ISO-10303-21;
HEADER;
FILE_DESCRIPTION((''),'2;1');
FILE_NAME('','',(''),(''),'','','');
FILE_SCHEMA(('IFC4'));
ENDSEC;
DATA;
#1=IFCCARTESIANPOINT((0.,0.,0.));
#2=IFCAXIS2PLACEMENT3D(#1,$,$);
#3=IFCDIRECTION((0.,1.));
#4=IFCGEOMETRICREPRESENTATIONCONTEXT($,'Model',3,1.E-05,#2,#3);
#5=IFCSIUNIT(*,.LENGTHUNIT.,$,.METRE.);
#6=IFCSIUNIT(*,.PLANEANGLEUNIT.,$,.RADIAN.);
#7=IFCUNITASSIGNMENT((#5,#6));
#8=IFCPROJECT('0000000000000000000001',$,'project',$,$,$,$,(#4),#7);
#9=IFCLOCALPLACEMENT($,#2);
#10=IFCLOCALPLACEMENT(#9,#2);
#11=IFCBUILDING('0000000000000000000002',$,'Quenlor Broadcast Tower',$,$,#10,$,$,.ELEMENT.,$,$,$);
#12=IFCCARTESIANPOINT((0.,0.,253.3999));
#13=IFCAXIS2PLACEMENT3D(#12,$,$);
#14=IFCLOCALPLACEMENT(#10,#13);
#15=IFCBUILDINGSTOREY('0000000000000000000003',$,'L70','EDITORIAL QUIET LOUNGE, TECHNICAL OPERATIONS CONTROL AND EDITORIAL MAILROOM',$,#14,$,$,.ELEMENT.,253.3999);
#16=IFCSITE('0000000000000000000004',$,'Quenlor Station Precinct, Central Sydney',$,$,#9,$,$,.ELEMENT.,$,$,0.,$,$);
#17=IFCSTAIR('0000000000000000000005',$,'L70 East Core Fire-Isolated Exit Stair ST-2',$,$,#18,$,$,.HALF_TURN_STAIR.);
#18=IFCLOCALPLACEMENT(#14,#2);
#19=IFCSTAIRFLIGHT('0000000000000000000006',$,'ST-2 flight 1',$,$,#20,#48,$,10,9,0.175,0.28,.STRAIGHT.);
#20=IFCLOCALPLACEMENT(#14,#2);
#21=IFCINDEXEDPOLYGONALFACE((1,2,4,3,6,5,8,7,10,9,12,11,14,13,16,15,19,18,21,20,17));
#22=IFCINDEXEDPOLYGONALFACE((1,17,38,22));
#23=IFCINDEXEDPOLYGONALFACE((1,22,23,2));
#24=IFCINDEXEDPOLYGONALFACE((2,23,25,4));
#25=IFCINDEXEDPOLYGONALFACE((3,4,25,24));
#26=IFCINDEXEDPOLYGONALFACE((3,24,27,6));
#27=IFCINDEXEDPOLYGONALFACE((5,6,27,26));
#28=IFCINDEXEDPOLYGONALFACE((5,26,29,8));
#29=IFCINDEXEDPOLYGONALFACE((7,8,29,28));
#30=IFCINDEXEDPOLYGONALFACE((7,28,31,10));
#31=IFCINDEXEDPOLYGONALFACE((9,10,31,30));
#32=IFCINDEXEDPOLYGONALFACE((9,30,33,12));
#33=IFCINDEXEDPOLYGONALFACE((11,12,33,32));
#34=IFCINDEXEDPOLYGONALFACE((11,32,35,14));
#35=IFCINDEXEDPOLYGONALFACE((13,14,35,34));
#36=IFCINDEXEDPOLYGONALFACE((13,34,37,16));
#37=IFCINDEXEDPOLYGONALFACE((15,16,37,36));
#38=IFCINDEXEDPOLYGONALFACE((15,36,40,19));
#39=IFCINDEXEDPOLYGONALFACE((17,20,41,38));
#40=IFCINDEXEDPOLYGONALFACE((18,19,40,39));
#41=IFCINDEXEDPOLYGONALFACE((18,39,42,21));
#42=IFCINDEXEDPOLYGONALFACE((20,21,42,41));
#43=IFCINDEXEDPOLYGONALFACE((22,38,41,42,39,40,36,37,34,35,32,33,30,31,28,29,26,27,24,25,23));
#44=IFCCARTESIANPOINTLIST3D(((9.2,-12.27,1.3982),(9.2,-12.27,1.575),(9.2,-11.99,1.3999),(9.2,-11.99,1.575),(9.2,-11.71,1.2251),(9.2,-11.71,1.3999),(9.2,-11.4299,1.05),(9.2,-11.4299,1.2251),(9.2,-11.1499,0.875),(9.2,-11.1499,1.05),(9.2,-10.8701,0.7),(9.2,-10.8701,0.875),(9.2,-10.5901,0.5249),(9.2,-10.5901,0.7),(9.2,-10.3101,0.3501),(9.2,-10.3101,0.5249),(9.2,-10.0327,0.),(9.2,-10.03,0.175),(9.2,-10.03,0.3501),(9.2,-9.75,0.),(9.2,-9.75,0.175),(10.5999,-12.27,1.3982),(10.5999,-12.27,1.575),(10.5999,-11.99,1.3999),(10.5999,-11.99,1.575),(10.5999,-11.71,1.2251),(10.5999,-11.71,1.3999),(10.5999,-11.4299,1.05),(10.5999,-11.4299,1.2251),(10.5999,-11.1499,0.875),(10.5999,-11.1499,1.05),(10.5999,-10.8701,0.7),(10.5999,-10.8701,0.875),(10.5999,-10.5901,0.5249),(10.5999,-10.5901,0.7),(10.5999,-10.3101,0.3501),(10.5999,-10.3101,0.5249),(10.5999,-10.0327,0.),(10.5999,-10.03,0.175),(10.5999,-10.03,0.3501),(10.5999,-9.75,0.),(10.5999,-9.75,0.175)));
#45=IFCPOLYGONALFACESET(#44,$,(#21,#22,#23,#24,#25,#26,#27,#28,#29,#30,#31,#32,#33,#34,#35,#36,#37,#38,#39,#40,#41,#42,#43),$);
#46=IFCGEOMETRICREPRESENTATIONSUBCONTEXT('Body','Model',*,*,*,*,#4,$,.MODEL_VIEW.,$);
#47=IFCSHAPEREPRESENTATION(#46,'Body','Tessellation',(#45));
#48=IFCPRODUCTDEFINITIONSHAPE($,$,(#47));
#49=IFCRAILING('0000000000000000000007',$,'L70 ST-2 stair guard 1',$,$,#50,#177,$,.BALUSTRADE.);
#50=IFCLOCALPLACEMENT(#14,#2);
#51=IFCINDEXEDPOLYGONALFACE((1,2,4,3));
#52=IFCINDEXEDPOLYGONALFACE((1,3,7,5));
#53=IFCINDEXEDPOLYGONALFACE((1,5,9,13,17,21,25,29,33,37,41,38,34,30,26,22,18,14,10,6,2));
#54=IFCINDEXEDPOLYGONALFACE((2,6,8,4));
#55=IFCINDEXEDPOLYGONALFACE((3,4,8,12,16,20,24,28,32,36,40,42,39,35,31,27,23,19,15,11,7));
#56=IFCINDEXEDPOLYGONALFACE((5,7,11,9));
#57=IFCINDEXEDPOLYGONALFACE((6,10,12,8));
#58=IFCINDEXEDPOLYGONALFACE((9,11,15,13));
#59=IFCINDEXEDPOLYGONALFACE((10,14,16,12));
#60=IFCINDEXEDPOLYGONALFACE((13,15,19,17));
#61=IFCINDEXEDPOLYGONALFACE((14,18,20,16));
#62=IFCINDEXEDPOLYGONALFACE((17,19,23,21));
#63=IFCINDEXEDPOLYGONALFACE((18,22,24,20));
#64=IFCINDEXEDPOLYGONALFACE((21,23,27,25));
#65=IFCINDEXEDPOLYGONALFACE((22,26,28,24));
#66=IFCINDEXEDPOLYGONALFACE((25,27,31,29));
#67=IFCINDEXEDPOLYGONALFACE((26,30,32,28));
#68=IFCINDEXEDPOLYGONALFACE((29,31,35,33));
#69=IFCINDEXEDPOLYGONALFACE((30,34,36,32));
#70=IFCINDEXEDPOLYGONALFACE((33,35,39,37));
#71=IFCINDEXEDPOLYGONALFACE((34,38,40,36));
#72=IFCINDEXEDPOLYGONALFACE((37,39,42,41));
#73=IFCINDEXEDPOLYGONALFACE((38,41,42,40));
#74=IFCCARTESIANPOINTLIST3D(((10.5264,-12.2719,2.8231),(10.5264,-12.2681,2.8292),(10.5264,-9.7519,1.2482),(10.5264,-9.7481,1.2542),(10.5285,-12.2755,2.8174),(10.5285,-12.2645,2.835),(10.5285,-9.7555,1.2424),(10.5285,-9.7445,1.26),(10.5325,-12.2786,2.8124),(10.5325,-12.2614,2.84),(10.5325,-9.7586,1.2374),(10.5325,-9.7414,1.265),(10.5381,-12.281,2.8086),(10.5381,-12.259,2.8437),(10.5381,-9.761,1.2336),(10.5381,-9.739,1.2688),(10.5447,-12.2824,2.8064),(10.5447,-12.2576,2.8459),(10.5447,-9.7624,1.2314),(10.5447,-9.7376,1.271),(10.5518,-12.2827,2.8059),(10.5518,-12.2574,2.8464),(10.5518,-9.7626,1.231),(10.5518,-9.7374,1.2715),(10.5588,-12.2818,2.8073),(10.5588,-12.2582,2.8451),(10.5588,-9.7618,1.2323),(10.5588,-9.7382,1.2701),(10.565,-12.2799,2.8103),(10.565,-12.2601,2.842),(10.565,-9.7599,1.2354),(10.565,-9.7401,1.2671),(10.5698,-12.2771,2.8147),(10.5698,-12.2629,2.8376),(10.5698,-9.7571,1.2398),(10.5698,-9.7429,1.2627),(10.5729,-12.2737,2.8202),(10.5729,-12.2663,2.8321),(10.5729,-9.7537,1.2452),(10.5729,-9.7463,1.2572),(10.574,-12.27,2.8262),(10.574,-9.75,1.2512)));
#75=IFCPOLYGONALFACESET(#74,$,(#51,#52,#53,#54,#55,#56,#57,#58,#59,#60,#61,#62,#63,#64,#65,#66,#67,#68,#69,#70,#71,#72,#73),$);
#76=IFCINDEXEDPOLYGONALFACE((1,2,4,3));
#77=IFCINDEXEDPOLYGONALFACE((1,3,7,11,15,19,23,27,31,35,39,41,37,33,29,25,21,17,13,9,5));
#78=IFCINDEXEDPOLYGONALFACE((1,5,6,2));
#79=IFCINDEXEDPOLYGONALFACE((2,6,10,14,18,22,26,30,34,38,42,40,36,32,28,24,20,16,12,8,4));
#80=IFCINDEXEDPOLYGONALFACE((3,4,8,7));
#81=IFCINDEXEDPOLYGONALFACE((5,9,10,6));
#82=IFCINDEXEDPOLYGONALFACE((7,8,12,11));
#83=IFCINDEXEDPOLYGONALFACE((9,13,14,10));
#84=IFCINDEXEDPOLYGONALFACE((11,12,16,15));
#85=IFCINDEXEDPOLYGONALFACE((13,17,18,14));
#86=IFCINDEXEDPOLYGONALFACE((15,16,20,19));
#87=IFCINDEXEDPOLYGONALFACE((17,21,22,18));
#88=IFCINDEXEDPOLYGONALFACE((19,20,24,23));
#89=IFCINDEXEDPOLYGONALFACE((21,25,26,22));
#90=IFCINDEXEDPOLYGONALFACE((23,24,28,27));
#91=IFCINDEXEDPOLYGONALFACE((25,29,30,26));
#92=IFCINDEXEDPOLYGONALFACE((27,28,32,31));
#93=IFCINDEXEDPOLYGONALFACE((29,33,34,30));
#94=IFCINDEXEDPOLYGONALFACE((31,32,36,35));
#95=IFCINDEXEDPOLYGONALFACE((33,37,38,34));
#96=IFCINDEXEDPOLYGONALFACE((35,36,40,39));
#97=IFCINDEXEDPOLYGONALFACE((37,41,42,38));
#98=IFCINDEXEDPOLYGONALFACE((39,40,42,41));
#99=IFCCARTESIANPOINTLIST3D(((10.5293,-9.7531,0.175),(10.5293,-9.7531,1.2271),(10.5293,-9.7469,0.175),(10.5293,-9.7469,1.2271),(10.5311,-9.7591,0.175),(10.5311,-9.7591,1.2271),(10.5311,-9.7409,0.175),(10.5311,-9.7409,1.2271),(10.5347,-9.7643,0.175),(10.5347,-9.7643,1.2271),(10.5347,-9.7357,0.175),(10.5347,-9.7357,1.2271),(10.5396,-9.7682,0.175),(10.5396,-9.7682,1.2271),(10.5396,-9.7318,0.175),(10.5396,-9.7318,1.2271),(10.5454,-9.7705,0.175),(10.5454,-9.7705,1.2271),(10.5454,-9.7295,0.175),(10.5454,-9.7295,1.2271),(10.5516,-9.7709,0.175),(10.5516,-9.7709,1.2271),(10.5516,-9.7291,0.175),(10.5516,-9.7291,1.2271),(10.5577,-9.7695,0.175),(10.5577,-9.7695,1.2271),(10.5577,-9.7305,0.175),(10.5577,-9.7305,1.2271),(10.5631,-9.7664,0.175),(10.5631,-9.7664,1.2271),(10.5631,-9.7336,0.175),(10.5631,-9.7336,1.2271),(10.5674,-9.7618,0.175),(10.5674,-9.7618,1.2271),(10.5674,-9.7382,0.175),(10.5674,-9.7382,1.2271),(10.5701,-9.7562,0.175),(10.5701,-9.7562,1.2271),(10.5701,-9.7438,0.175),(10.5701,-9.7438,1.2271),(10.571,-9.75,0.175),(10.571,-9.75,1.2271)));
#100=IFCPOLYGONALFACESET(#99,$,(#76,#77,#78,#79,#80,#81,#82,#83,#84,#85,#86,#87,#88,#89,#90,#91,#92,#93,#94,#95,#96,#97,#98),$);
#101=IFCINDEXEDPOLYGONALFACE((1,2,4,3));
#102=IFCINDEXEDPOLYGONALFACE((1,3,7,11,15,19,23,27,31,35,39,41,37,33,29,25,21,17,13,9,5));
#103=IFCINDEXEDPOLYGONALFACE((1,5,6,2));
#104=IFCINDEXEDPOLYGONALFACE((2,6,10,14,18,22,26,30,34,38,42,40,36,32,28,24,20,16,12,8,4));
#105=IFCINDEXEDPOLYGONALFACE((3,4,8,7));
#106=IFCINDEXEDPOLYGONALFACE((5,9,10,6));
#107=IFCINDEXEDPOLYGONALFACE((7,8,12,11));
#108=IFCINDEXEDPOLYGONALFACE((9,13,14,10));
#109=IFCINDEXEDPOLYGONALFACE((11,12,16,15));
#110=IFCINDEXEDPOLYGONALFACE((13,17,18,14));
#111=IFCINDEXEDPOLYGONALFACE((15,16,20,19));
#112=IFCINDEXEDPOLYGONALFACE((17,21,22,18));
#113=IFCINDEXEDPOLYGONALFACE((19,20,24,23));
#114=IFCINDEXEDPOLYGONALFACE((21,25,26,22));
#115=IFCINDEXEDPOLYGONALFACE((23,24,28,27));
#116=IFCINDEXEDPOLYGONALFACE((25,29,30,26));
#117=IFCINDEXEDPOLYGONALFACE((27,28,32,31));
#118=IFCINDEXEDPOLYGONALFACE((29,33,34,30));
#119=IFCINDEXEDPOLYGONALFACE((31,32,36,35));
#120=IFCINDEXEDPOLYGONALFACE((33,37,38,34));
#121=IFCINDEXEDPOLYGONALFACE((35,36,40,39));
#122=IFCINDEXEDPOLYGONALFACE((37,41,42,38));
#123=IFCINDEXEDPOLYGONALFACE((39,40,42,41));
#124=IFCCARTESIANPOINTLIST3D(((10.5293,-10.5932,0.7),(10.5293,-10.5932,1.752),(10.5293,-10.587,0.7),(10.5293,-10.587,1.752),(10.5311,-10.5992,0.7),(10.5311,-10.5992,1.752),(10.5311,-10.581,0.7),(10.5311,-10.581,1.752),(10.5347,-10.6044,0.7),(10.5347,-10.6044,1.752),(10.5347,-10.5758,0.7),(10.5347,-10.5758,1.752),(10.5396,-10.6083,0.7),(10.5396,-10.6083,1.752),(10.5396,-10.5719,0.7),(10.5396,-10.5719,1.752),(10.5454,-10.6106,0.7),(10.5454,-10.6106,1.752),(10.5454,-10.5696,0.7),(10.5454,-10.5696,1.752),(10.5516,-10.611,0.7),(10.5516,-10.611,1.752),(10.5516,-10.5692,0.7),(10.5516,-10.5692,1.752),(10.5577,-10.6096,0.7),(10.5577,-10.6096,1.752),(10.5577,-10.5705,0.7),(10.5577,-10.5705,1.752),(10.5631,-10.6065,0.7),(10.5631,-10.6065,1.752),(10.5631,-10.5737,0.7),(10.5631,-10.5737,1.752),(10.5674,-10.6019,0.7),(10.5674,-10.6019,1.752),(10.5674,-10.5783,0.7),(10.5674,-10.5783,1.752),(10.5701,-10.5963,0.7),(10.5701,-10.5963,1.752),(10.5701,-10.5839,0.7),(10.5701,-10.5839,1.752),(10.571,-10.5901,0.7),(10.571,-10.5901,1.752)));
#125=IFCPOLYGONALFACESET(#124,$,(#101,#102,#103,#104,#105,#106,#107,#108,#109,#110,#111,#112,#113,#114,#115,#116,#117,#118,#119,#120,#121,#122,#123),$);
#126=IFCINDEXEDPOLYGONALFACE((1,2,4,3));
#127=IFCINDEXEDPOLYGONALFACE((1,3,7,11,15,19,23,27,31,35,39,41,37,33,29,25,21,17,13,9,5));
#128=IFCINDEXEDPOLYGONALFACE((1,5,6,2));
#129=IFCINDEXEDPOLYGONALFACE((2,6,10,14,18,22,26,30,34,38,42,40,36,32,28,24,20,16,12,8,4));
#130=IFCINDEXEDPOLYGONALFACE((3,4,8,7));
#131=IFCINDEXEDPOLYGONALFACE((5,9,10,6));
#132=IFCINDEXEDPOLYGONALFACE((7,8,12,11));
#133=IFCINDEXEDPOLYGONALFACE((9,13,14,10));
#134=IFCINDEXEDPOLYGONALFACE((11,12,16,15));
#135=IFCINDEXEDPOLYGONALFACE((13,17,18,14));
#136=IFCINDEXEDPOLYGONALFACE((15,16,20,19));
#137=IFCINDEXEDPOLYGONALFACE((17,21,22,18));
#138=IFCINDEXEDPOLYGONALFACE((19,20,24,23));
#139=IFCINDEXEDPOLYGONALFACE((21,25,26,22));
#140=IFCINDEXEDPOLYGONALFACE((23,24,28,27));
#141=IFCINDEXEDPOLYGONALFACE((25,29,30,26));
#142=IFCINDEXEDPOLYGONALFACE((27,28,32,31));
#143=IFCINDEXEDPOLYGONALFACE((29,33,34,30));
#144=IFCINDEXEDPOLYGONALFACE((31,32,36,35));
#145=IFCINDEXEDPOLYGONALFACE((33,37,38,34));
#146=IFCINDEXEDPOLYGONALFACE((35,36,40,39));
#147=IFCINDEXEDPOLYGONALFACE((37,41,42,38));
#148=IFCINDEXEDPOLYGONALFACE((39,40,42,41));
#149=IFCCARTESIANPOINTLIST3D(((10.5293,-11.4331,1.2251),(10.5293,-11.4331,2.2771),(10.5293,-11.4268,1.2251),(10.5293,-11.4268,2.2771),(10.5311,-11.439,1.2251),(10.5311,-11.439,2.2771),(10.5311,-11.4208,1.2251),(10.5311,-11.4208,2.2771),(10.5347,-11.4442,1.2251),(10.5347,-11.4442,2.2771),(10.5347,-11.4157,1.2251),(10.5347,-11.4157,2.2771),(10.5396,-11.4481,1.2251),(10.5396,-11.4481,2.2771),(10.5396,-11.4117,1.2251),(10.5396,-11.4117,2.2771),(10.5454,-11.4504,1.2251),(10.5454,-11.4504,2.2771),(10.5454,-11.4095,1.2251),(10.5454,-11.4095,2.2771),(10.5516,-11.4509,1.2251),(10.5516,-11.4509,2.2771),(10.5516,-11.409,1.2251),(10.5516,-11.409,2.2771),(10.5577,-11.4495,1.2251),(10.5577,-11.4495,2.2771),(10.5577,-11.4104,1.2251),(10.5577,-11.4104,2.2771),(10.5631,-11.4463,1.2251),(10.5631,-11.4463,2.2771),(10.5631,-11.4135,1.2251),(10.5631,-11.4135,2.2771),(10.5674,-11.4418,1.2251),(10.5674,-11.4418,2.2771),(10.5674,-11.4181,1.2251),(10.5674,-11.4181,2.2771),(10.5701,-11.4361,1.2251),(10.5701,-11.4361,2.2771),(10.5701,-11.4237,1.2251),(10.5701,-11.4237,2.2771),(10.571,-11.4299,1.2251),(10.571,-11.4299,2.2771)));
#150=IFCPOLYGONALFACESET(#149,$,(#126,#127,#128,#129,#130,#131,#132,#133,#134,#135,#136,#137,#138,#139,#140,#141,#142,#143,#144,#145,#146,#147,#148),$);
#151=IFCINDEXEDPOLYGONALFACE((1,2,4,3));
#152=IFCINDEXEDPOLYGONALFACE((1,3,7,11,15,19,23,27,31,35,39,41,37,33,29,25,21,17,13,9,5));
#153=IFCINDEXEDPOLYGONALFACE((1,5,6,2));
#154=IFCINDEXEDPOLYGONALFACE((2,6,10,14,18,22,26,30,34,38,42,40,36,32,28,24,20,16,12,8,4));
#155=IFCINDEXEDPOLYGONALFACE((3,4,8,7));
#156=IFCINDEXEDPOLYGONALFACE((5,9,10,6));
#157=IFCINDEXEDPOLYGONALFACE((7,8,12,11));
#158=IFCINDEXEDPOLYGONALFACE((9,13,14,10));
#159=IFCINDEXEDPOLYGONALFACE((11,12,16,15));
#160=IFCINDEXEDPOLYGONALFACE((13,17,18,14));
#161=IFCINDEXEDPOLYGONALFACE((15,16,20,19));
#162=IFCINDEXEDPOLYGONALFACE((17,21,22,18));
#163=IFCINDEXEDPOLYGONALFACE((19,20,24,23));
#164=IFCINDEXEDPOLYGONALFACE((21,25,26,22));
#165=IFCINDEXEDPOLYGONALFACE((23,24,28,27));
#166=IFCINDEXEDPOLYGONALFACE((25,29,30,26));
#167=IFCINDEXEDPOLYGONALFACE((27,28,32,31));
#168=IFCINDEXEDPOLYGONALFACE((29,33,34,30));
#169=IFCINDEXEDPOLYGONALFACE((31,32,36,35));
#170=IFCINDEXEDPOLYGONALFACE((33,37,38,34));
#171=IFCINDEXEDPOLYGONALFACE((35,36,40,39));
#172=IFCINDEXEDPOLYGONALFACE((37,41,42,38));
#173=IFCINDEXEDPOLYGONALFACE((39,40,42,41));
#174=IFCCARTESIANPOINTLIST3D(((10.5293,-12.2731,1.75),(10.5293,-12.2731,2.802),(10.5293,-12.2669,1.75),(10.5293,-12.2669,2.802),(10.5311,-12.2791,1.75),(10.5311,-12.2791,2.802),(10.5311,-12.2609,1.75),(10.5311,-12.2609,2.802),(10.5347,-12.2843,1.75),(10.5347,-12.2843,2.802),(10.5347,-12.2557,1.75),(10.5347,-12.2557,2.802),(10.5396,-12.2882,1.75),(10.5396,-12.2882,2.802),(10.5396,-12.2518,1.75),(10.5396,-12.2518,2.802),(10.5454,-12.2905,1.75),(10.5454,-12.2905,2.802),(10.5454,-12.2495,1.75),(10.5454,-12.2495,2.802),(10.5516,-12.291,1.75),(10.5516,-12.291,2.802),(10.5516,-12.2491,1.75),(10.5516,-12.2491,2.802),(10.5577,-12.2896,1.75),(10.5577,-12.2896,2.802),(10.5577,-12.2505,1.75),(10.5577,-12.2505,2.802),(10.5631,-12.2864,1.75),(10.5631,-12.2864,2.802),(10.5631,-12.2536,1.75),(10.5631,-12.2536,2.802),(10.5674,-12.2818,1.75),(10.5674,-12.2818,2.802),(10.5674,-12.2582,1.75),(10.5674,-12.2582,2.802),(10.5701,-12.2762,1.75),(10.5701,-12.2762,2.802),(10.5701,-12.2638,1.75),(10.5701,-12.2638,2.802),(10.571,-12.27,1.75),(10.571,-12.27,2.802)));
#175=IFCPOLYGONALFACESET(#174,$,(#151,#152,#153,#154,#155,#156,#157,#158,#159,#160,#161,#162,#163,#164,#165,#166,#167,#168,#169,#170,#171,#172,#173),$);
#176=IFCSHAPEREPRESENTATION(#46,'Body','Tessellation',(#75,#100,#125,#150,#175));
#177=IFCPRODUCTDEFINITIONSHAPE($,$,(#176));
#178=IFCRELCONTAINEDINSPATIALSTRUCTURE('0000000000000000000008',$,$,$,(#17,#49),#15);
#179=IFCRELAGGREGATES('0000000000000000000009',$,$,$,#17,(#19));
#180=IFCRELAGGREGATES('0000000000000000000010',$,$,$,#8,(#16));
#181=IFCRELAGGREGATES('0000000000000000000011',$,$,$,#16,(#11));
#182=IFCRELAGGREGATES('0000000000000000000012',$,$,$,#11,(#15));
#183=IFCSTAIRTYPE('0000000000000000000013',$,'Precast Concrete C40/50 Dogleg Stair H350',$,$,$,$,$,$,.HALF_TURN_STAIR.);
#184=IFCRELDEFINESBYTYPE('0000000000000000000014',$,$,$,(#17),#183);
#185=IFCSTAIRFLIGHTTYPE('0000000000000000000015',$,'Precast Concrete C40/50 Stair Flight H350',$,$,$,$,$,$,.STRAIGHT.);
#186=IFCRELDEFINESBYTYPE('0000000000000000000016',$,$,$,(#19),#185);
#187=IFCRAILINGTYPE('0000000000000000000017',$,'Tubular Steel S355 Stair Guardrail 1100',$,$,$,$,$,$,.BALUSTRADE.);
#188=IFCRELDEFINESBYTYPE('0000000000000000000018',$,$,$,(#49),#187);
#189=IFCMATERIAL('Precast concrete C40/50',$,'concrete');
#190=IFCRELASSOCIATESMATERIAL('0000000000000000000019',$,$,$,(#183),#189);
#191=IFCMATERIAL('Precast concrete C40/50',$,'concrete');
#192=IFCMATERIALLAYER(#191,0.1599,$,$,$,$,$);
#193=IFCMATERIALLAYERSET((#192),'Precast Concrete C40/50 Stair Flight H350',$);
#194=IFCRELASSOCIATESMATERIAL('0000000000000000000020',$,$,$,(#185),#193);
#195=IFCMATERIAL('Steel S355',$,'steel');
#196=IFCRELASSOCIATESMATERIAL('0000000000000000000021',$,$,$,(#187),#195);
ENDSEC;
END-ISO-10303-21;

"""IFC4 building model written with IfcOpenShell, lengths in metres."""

from ifc_helpers import new_model, si_unit, direction, frame, origin, origin_2d, place, context, subcontext, project, spatial, polyline, circle, outline, extrude, material, layer, layer_set, type_object, element, aggregate, save


model = new_model("IFC4")

# Units and contexts
model_context = context("Model", 3, precision=1e-05, world=origin(), true_north=direction((0.0, 1.0)))
body_context = subcontext(model_context, "Body", "Model", "MODEL_VIEW")
ifc_project = project(units=[si_unit("LENGTHUNIT", "METRE"), si_unit("PLANEANGLEUNIT", "RADIAN")], contexts=[model_context])

# Site, building, storey
site_placement = place(None, origin())
site = spatial("IfcSite", under=ifc_project, at=site_placement, Name="Quenlor Station Precinct, Central Sydney", CompositionType="ELEMENT", RefElevation=0.0)
building_placement = place(site_placement, origin())
building = spatial("IfcBuilding", under=site, at=building_placement, Name="Quenlor Broadcast Tower", CompositionType="ELEMENT")
storey_placement = place(building_placement, frame((0.0, 0.0, 253.3999)))
storey = spatial("IfcBuildingStorey", under=building, at=storey_placement, Name="L70", Description="EDITORIAL QUIET LOUNGE, TECHNICAL OPERATIONS CONTROL AND EDITORIAL MAILROOM", CompositionType="ELEMENT", Elevation=253.3999)

# Stair, stair flight
ifc_material_1 = material(Name="Precast concrete C40/50", Category="concrete")
stair_type = type_object("IfcStairType", Name="Precast Concrete C40/50 Dogleg Stair H350", PredefinedType="HALF_TURN_STAIR", material=ifc_material_1)
stair_placement = place(storey_placement, origin())
stair = element("IfcStair", 1, at=stair_placement, inside=storey, type_object=stair_type, Name="L70 East Core Fire-Isolated Exit Stair ST-2", PredefinedType="HALF_TURN_STAIR")
ifc_material_2 = material(Name="Precast concrete C40/50", Category="concrete")
ifc_layer_1 = layer(ifc_material_2, 0.1599)
ifc_layer_set_1 = layer_set([ifc_layer_1], Name="Precast Concrete C40/50 Stair Flight H350")
stair_flight_type = type_object("IfcStairFlightType", Name="Precast Concrete C40/50 Stair Flight H350", PredefinedType="STRAIGHT", material=ifc_layer_set_1)
stair_flight_placement = place(storey_placement, frame((9.8999, -9.75, 0.0), z_axis=(0.0, 0.0, 1.0), x_axis=(0.0, -1.0, 0.0)))
stair_flight = element("IfcStairFlight", 2, at=stair_flight_placement, type_object=stair_flight_type, Name="ST-2 flight 1", NumberOfRisers=10, NumberOfTreads=9, PredefinedType="STRAIGHT", RiserHeight=0.175, TreadLength=0.28, context=body_context, shape_type="SweptSolid", body=[
    extrude(outline(polyline([(0.0, 0.0), (0.0, 0.175), (0.28, 0.175), (0.28, 0.3501), (0.5601, 0.3501), (0.5601, 0.5249), (0.8401, 0.5249), (0.8401, 0.7), (1.1201, 0.7), (1.1201, 0.875), (1.3999, 0.875), (1.3999, 1.05), (1.6799, 1.05), (1.6799, 1.2251), (1.96, 1.2251), (1.96, 1.3999), (2.24, 1.3999), (2.24, 1.575), (2.52, 1.575), (2.52, 1.75), (2.52, 1.3982), (0.2827, 0.0), (0.0, 0.0)])), frame((0.0, 0.7, 0.0), z_axis=(0.0, -1.0, 0.0), x_axis=(1.0, 0.0, 0.0)), (0.0, 0.0, 1.0), 1.3999),
])
aggregate(stair, [stair_flight])

# Railing
ifc_material_3 = material(Name="Steel S355", Category="steel")
railing_type = type_object("IfcRailingType", Name="Tubular Steel S355 Stair Guardrail 1100", PredefinedType="BALUSTRADE", material=ifc_material_3)
railing_placement = place(storey_placement, frame((10.55, -9.75, 0.175)))
element("IfcRailing", 3, at=railing_placement, inside=storey, type_object=railing_type, Name="L70 ST-2 stair guard 1", PredefinedType="BALUSTRADE", context=body_context, shape_type="SweptSolid", body=[
    extrude(circle(Radius=0.0239, at=origin_2d()), frame((0.0, 0.0, 1.0762), z_axis=(0.0, -0.848008, 0.529984), x_axis=(1.0, 0.0, 0.0)), (0.0, 0.0, 1.0), 2.9717),
    extrude(circle(Radius=0.021, at=origin_2d()), origin(), (0.0, 0.0, 1.0), 1.052),
    extrude(circle(Radius=0.021, at=origin_2d()), frame((0.0, -0.8401, 0.5249)), (0.0, 0.0, 1.0), 1.052),
    extrude(circle(Radius=0.021, at=origin_2d()), frame((0.0, -1.6799, 1.05)), (0.0, 0.0, 1.0), 1.052),
    extrude(circle(Radius=0.021, at=origin_2d()), frame((0.0, -2.52, 1.575)), (0.0, 0.0, 1.0), 1.052),
])

save(model, "model.ifc")
